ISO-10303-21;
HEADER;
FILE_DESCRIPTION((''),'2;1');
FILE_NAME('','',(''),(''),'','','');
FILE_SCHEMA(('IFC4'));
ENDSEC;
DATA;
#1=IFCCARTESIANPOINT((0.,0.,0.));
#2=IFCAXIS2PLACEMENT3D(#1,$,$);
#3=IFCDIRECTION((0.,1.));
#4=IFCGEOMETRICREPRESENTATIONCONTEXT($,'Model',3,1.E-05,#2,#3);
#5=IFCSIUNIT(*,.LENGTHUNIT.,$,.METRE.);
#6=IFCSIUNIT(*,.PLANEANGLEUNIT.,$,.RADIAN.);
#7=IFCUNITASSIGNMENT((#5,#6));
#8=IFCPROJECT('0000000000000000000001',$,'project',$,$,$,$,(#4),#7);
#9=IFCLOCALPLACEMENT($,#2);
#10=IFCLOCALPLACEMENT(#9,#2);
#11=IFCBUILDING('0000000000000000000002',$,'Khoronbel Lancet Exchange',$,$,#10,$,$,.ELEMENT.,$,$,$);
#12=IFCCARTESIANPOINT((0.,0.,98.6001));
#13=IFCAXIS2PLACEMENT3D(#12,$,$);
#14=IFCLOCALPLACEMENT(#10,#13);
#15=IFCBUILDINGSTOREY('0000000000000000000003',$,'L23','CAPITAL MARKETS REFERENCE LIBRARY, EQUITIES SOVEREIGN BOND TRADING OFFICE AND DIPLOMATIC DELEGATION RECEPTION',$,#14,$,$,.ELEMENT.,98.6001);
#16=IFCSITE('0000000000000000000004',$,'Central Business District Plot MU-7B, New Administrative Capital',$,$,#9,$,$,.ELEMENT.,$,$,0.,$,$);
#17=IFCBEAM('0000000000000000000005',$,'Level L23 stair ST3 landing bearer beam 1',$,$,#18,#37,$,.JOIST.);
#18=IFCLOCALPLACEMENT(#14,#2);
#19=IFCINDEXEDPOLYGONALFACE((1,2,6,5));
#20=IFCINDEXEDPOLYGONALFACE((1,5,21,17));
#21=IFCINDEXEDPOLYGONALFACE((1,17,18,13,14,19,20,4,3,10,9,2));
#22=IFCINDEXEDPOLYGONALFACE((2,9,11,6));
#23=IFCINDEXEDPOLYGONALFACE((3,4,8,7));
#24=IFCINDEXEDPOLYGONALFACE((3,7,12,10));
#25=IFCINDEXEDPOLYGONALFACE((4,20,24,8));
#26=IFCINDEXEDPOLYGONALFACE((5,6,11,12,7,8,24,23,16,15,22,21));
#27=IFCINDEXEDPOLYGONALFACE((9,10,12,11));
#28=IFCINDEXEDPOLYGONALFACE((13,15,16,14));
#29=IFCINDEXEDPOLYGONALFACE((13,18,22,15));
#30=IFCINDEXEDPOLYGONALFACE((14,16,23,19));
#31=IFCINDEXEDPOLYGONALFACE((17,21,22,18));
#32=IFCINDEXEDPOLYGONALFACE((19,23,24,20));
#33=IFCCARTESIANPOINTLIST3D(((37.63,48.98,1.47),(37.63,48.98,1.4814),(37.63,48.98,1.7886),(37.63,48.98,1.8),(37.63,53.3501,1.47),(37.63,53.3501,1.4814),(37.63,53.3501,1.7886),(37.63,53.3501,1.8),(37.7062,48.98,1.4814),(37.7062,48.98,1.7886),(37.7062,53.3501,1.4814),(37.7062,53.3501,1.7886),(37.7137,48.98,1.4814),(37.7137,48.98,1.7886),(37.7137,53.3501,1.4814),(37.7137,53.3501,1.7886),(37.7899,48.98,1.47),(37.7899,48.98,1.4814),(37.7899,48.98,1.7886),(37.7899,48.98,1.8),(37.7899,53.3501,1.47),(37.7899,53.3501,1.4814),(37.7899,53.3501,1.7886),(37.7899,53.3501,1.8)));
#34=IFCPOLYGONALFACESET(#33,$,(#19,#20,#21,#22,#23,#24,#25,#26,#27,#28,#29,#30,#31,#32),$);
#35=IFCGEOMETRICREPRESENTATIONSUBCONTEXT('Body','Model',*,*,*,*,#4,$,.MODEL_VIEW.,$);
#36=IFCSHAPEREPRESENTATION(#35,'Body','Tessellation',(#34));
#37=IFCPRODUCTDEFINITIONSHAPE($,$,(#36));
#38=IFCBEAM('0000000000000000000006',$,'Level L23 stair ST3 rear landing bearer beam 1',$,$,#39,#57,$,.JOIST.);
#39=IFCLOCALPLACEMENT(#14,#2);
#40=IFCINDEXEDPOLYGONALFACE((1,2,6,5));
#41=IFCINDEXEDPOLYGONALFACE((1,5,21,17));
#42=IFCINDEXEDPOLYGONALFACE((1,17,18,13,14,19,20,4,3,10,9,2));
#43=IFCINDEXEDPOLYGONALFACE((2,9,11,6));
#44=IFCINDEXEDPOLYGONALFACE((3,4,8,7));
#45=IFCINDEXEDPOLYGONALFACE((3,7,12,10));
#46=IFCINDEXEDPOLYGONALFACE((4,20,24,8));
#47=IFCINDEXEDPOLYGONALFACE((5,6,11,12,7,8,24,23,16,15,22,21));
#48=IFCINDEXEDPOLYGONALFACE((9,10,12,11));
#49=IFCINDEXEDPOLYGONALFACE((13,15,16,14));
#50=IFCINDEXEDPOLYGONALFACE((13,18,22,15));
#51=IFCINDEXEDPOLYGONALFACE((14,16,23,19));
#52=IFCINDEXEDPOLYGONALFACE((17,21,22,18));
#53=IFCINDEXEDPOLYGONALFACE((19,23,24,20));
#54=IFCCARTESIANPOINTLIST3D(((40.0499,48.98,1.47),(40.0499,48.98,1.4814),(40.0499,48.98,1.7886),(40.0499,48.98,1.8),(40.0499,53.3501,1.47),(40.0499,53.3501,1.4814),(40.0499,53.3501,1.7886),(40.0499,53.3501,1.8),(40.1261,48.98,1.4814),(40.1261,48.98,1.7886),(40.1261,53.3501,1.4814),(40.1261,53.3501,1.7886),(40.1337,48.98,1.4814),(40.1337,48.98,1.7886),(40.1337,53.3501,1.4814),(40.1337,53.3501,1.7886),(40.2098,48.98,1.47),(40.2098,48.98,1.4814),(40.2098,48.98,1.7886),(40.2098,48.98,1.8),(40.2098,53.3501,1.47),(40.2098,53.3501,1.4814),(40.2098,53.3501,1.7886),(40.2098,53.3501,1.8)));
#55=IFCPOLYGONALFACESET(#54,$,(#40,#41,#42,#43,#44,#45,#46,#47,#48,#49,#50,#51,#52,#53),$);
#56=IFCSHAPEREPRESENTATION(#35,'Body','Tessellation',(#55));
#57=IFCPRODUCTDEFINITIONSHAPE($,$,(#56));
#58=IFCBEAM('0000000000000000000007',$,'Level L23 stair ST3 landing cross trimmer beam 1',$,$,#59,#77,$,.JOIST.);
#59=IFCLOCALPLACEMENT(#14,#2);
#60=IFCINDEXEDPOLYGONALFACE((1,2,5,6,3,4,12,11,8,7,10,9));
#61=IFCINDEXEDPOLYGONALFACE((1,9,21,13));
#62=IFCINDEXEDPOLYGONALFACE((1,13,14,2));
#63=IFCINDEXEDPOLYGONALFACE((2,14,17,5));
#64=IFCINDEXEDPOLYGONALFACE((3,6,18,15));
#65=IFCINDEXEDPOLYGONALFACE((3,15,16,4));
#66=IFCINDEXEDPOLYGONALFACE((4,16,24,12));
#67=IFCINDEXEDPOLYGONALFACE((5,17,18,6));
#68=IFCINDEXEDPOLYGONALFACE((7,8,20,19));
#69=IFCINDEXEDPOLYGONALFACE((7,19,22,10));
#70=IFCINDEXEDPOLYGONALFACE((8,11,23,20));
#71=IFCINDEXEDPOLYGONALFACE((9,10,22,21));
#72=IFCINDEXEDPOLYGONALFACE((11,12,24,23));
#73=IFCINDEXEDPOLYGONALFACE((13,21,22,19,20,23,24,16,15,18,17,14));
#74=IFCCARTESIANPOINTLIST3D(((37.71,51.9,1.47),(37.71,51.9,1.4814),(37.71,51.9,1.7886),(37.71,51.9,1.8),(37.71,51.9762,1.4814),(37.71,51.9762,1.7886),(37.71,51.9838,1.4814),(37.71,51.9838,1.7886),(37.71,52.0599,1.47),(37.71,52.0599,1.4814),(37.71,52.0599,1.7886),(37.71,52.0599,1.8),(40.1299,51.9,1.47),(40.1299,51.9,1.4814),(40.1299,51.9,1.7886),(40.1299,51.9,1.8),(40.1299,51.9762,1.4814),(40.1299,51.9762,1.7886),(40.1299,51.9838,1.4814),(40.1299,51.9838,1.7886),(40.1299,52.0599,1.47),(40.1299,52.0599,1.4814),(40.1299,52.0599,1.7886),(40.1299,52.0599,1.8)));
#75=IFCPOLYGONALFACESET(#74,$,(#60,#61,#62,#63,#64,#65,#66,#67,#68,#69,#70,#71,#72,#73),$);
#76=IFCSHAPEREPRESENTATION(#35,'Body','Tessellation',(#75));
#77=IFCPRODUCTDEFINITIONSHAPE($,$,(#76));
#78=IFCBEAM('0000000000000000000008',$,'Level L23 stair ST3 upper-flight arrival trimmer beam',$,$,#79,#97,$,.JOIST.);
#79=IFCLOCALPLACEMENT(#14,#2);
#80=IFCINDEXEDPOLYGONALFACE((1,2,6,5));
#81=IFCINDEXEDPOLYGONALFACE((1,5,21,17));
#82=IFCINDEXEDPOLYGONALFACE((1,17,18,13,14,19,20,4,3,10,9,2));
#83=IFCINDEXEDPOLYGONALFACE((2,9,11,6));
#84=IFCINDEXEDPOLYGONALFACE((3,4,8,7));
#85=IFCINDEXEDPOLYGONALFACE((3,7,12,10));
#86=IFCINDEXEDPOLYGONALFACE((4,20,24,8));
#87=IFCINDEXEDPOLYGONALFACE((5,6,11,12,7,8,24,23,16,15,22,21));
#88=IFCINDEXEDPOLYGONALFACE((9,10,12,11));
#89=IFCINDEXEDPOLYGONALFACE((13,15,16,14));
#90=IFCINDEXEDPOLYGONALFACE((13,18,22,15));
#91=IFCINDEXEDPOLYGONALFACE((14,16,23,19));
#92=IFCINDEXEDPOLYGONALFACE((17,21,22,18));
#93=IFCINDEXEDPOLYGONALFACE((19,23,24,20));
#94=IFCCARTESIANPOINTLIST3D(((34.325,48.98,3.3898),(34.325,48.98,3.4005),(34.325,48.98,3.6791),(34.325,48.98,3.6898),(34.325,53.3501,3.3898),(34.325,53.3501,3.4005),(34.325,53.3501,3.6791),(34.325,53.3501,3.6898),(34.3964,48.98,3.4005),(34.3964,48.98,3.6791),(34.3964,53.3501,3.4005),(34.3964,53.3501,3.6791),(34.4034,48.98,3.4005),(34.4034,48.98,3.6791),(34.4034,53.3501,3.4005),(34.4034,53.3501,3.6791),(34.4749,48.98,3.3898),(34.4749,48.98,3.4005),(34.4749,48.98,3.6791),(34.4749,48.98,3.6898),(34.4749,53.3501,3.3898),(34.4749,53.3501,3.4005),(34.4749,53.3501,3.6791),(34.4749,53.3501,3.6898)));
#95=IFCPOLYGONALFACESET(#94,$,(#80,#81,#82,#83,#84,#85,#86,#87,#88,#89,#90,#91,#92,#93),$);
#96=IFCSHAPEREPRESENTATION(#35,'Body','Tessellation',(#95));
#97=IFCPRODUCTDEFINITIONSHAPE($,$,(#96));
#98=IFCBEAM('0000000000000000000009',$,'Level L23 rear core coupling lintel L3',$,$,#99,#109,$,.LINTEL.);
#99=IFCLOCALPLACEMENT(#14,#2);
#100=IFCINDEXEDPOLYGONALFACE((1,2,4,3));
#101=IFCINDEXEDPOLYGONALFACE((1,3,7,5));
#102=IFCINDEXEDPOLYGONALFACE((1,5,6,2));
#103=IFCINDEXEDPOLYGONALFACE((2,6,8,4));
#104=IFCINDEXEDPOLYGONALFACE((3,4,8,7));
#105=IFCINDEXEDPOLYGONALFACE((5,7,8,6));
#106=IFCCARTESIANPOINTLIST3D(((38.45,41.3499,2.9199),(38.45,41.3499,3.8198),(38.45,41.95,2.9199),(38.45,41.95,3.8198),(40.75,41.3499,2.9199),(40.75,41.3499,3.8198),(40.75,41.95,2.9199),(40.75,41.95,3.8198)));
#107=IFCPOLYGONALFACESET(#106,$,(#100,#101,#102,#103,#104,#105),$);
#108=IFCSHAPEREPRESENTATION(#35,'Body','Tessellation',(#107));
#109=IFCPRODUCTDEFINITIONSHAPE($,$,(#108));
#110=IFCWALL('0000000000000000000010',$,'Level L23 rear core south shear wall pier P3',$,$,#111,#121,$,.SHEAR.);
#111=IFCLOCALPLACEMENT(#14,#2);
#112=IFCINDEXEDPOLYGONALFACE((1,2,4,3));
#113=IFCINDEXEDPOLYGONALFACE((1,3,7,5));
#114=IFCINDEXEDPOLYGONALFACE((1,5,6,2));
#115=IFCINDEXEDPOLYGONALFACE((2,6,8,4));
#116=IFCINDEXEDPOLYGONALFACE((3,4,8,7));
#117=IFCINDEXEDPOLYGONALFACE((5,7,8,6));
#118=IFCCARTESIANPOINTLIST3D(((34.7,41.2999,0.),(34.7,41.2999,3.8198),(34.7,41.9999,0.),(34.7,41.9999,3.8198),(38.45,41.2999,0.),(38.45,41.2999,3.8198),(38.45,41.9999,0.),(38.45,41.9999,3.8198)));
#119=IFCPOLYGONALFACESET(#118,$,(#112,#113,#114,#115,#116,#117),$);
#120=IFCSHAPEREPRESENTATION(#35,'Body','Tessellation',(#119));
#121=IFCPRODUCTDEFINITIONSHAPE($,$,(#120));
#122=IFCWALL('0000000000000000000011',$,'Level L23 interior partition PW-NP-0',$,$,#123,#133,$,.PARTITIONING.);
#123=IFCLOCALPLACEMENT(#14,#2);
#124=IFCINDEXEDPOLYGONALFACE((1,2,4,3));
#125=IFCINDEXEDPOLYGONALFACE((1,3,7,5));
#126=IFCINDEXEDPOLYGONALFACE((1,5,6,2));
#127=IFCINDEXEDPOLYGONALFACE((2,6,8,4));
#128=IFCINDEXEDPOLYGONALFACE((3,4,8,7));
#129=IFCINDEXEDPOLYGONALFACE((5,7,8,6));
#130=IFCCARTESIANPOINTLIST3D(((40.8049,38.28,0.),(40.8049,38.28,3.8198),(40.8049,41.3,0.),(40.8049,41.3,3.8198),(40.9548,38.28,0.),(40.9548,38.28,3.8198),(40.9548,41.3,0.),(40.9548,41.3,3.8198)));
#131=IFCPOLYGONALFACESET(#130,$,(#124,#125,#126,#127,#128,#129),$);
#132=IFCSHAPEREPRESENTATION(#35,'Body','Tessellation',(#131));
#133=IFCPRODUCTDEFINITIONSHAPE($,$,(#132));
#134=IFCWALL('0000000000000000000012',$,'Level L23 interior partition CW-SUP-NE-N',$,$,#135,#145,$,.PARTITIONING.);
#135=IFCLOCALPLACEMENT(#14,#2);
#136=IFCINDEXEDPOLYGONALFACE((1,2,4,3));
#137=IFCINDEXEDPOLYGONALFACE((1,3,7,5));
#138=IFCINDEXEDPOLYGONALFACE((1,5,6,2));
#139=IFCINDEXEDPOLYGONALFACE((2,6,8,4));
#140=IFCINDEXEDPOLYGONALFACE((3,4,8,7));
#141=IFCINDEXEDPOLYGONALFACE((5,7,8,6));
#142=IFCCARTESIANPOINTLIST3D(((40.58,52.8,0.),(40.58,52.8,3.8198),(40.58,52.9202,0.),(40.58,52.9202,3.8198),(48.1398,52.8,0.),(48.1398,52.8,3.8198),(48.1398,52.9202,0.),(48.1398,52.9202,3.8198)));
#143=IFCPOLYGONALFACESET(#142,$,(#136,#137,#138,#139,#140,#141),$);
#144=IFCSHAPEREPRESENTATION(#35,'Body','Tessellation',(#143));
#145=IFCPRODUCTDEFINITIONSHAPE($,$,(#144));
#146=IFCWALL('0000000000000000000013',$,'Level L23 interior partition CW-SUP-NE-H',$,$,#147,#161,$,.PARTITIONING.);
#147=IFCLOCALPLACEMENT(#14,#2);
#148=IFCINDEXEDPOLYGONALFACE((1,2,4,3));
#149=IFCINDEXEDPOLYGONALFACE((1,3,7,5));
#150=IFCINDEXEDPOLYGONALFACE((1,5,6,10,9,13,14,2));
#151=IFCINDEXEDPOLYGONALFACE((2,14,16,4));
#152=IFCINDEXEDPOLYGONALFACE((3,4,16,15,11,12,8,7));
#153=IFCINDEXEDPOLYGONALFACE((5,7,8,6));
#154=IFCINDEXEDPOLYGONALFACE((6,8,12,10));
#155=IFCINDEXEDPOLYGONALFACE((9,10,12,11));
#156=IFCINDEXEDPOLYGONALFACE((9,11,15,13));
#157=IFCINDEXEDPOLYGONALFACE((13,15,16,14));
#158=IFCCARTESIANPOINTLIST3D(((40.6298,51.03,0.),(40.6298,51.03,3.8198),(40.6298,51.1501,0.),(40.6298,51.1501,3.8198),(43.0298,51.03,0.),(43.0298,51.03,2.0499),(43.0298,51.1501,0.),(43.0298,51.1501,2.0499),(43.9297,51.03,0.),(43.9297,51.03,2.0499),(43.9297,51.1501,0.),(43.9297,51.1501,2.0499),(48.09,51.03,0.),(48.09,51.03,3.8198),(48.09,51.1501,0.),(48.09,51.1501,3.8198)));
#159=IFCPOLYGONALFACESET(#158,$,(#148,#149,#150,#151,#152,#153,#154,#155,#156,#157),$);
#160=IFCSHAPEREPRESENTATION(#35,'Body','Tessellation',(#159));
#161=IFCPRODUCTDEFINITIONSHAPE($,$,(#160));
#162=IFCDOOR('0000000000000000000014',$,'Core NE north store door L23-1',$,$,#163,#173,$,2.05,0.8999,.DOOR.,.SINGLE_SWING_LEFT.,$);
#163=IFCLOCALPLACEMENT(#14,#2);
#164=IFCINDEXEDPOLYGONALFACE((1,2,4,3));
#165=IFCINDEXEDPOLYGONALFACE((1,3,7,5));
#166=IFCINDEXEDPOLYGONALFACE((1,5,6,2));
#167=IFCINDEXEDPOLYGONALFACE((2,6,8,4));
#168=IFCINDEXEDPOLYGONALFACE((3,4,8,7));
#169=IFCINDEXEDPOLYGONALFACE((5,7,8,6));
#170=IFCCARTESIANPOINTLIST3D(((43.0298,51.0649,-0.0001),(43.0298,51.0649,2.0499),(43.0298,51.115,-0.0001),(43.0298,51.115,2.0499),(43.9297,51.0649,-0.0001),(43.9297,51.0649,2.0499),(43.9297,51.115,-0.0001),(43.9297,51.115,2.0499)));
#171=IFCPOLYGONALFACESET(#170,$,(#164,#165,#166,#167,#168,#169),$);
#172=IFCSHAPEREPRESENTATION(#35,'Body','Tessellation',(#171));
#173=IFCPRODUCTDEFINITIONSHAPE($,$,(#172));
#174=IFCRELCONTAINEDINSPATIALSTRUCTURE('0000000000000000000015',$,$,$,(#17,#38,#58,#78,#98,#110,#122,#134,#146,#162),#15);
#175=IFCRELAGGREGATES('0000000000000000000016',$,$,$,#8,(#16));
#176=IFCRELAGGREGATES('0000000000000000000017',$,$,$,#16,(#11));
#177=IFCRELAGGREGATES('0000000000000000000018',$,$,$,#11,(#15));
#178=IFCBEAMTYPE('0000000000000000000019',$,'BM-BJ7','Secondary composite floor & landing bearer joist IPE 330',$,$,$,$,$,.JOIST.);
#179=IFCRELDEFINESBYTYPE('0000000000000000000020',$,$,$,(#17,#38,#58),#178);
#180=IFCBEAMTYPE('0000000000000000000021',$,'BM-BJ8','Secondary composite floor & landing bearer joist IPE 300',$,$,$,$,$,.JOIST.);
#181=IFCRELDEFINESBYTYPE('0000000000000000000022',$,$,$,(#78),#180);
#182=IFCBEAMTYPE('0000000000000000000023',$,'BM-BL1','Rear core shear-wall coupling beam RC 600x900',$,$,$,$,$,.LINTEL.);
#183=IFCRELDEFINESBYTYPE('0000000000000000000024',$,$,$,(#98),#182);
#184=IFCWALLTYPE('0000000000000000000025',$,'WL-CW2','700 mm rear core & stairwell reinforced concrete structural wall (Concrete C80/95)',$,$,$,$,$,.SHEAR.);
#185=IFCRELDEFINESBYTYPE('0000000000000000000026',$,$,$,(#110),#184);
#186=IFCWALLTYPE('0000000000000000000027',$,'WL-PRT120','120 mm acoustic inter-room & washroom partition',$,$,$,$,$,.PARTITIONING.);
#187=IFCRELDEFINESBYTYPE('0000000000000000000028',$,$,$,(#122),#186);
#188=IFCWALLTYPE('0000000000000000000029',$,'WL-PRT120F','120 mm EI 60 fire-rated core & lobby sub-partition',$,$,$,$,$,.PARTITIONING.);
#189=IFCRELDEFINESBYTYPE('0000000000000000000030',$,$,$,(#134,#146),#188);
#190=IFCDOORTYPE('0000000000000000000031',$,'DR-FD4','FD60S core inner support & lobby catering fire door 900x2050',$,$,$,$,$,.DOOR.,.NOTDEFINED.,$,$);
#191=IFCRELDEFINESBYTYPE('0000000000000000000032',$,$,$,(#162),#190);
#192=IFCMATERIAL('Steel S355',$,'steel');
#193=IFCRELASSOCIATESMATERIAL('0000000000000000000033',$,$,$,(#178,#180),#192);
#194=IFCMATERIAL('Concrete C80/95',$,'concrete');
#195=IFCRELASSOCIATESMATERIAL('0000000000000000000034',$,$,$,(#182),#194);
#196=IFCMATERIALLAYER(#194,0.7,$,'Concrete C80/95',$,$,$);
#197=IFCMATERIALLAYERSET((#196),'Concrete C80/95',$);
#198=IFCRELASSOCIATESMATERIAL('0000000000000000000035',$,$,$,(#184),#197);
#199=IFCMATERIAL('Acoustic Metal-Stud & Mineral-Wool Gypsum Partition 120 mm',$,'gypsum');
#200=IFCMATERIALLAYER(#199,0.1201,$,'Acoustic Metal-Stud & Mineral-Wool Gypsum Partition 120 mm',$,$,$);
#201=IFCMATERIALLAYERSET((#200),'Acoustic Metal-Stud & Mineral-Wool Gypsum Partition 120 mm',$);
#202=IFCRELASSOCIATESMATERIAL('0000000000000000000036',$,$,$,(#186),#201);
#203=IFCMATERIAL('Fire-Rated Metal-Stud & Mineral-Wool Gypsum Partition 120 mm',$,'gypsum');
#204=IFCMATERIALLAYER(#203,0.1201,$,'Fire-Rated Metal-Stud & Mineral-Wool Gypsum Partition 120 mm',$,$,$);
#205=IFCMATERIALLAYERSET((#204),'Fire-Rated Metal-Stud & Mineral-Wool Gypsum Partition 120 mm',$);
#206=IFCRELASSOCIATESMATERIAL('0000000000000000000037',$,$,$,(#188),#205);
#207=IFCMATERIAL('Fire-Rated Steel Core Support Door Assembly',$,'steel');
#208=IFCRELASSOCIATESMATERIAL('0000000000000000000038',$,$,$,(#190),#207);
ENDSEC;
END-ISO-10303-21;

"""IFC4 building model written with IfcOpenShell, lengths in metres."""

from ifc_helpers import new_model, si_unit, direction, frame, frame_2d, origin, origin_2d, place, context, subcontext, project, spatial, rectangle, i_section, extrude, material, layer, layer_set, material_profile, profile_set, type_object, element, fill, save


model = new_model("IFC4")

# Units and contexts
model_context = context("Model", 3, precision=1e-05, world=origin(), true_north=direction((0.0, 1.0)))
body_context = subcontext(model_context, "Body", "Model", "MODEL_VIEW")
ifc_project = project(units=[si_unit("LENGTHUNIT", "METRE"), si_unit("PLANEANGLEUNIT", "RADIAN")], contexts=[model_context])

# Site, building, storey
site_placement = place(None, origin())
site = spatial("IfcSite", under=ifc_project, at=site_placement, Name="Central Business District Plot MU-7B, New Administrative Capital", CompositionType="ELEMENT", RefElevation=0.0)
building_placement = place(site_placement, origin())
building = spatial("IfcBuilding", under=site, at=building_placement, Name="Khoronbel Lancet Exchange", CompositionType="ELEMENT")
storey_placement = place(building_placement, frame((0.0, 0.0, 98.6001)))
storey = spatial("IfcBuildingStorey", under=building, at=storey_placement, Name="L23", Description="CAPITAL MARKETS REFERENCE LIBRARY, EQUITIES SOVEREIGN BOND TRADING OFFICE AND DIPLOMATIC DELEGATION RECEPTION", CompositionType="ELEMENT", Elevation=98.6001)

# Beams
ifc_material_1 = material(Name="Steel S355", Category="steel")
ifc_material_profile_1 = material_profile(ifc_material_1, i_section(OverallWidth=0.1599, OverallDepth=0.3301, WebThickness=0.0076, FlangeThickness=0.0115, at=origin_2d()), Name="IPE 330")
ifc_profile_set_1 = profile_set([ifc_material_profile_1], Name="Steel S355")
beam_type_1 = type_object("IfcBeamType", Name="BM-BJ7", Description="Secondary composite floor & landing bearer joist IPE 330", PredefinedType="JOIST", material=ifc_profile_set_1)
for number, where, z_axis, x_axis, name in (
    (1, (37.71, 48.98, 1.635), (0.0, 1.0, 0.0), (-1.0, 0.0, 0.0), "Level L23 stair ST3 landing bearer beam 1"),
    (2, (40.1299, 48.98, 1.635), (0.0, 1.0, 0.0), (-1.0, 0.0, 0.0), "Level L23 stair ST3 rear landing bearer beam 1"),
):
    element("IfcBeam", number, at=place(storey_placement, frame(where, z_axis=z_axis, x_axis=x_axis)), inside=storey, type_object=beam_type_1, Name=name, PredefinedType="JOIST", context=body_context, shape_type="SweptSolid", body=[
        extrude(i_section(OverallWidth=0.1599, OverallDepth=0.3301, WebThickness=0.0076, FlangeThickness=0.0115, at=origin_2d()), origin(), (0.0, 0.0, 1.0), 4.3701),
    ])
beam_1_placement = place(storey_placement, frame((37.71, 51.98, 1.635), z_axis=(1.0, 0.0, 0.0), x_axis=(0.0, 1.0, 0.0)))
element("IfcBeam", 3, at=beam_1_placement, inside=storey, type_object=beam_type_1, Name="Level L23 stair ST3 landing cross trimmer beam 1", PredefinedType="JOIST", context=body_context, shape_type="SweptSolid", body=[
    extrude(i_section(OverallWidth=0.1599, OverallDepth=0.3301, WebThickness=0.0076, FlangeThickness=0.0115, at=origin_2d()), origin(), (0.0, 0.0, 1.0), 2.4199),
])
ifc_material_profile_2 = material_profile(ifc_material_1, i_section(OverallWidth=0.1499, OverallDepth=0.3, WebThickness=0.0071, FlangeThickness=0.0107, at=origin_2d()), Name="IPE 300")
ifc_profile_set_2 = profile_set([ifc_material_profile_2], Name="Steel S355")
beam_type_2 = type_object("IfcBeamType", Name="BM-BJ8", Description="Secondary composite floor & landing bearer joist IPE 300", PredefinedType="JOIST", material=ifc_profile_set_2)
beam_2_placement = place(storey_placement, frame((34.3999, 48.98, 3.5398), z_axis=(0.0, 1.0, 0.0), x_axis=(-1.0, 0.0, 0.0)))
element("IfcBeam", 4, at=beam_2_placement, inside=storey, type_object=beam_type_2, Name="Level L23 stair ST3 upper-flight arrival trimmer beam", PredefinedType="JOIST", context=body_context, shape_type="SweptSolid", body=[
    extrude(i_section(OverallWidth=0.1499, OverallDepth=0.3, WebThickness=0.0071, FlangeThickness=0.0107, at=origin_2d()), origin(), (0.0, 0.0, 1.0), 4.3701),
])
ifc_material_2 = material(Name="Concrete C80/95", Category="concrete")
ifc_material_profile_3 = material_profile(ifc_material_2, rectangle(XDim=0.6001, YDim=0.8999, at=origin_2d()), Name="RC 600x900")
ifc_profile_set_3 = profile_set([ifc_material_profile_3], Name="Concrete C80/95")
beam_type_3 = type_object("IfcBeamType", Name="BM-BL1", Description="Rear core shear-wall coupling beam RC 600x900", PredefinedType="LINTEL", material=ifc_profile_set_3)
beam_3_placement = place(storey_placement, frame((38.45, 41.6499, 3.3699), z_axis=(1.0, 0.0, 0.0), x_axis=(0.0, 1.0, 0.0)))
element("IfcBeam", 5, at=beam_3_placement, inside=storey, type_object=beam_type_3, Name="Level L23 rear core coupling lintel L3", PredefinedType="LINTEL", context=body_context, shape_type="SweptSolid", body=[
    extrude(rectangle(XDim=0.6001, YDim=0.8999, at=origin_2d()), origin(), (0.0, 0.0, 1.0), 2.3),
])

# Walls
ifc_layer_1 = layer(ifc_material_2, 0.7, Name="Concrete C80/95")
ifc_layer_set_1 = layer_set([ifc_layer_1], Name="Concrete C80/95")
wall_type_1 = type_object("IfcWallType", Name="WL-CW2", Description="700 mm rear core & stairwell reinforced concrete structural wall (Concrete C80/95)", PredefinedType="SHEAR", material=ifc_layer_set_1)
wall_1_placement = place(storey_placement, frame((38.45, 41.6499, 0.0), z_axis=(0.0, 0.0, 1.0), x_axis=(-1.0, 0.0, 0.0)))
element("IfcWall", 6, at=wall_1_placement, inside=storey, type_object=wall_type_1, Name="Level L23 rear core south shear wall pier P3", PredefinedType="SHEAR", context=body_context, shape_type="SweptSolid", body=[
    extrude(rectangle(XDim=3.75, YDim=0.7, at=frame_2d((1.875, 0.0))), origin(), (0.0, 0.0, 1.0), 3.8198),
])
ifc_material_3 = material(Name="Acoustic Metal-Stud & Mineral-Wool Gypsum Partition 120 mm", Category="gypsum")
ifc_layer_2 = layer(ifc_material_3, 0.1201, Name="Acoustic Metal-Stud & Mineral-Wool Gypsum Partition 120 mm")
ifc_layer_set_2 = layer_set([ifc_layer_2], Name="Acoustic Metal-Stud & Mineral-Wool Gypsum Partition 120 mm")
wall_type_2 = type_object("IfcWallType", Name="WL-PRT120", Description="120 mm acoustic inter-room & washroom partition", PredefinedType="PARTITIONING", material=ifc_layer_set_2)
wall_2_placement = place(storey_placement, frame((40.8799, 38.28, 0.0), z_axis=(0.0, 0.0, 1.0), x_axis=(0.0, 1.0, 0.0)))
element("IfcWall", 7, at=wall_2_placement, inside=storey, type_object=wall_type_2, Name="Level L23 interior partition PW-NP-0", PredefinedType="PARTITIONING", context=body_context, shape_type="SweptSolid", body=[
    extrude(rectangle(XDim=3.02, YDim=0.1499, at=frame_2d((1.51, 0.0))), origin(), (0.0, 0.0, 1.0), 3.8198),
])
ifc_material_4 = material(Name="Fire-Rated Metal-Stud & Mineral-Wool Gypsum Partition 120 mm", Category="gypsum")
ifc_layer_3 = layer(ifc_material_4, 0.1201, Name="Fire-Rated Metal-Stud & Mineral-Wool Gypsum Partition 120 mm")
ifc_layer_set_3 = layer_set([ifc_layer_3], Name="Fire-Rated Metal-Stud & Mineral-Wool Gypsum Partition 120 mm")
wall_type_3 = type_object("IfcWallType", Name="WL-PRT120F", Description="120 mm EI 60 fire-rated core & lobby sub-partition", PredefinedType="PARTITIONING", material=ifc_layer_set_3)
wall_3_placement = place(storey_placement, frame((40.5801, 52.8601, 0.0), z_axis=(0.0, 0.0, 1.0), x_axis=(1.0, 0.0, 0.0)))
element("IfcWall", 8, at=wall_3_placement, inside=storey, type_object=wall_type_3, Name="Level L23 interior partition CW-SUP-NE-N", PredefinedType="PARTITIONING", context=body_context, shape_type="SweptSolid", body=[
    extrude(rectangle(XDim=7.5598, YDim=0.1201, at=frame_2d((3.7798, 0.0))), origin(), (0.0, 0.0, 1.0), 3.8198),
])

# Wall, opening, door
wall_4_placement = place(storey_placement, frame((40.6299, 51.0901, 0.0), z_axis=(0.0, 0.0, 1.0), x_axis=(1.0, 0.0, 0.0)))
wall_4 = element("IfcWall", 9, at=wall_4_placement, inside=storey, type_object=wall_type_3, Name="Level L23 interior partition CW-SUP-NE-H", PredefinedType="PARTITIONING", context=body_context, shape_type="SweptSolid", body=[
    extrude(rectangle(XDim=7.4602, YDim=0.1201, at=frame_2d((3.73, 0.0))), origin(), (0.0, 0.0, 1.0), 3.8198),
])
opening_1_placement = place(wall_4_placement, frame((2.3999, 0.0, 0.0)))
opening_1 = element("IfcOpeningElement", 10, at=opening_1_placement, cuts=wall_4, PredefinedType="OPENING", context=body_context, shape_type="SweptSolid", body=[
    extrude(rectangle(XDim=0.8999, YDim=2.05, at=frame_2d((0.45, 1.0249))), frame((0.0, 0.0701, 0.0), z_axis=(0.0, -1.0, 0.0), x_axis=(1.0, 0.0, 0.0)), (0.0, 0.0, 1.0), 0.1401),
])
ifc_material_5 = material(Name="Fire-Rated Steel Core Support Door Assembly", Category="steel")
door_type_1 = type_object("IfcDoorType", Name="DR-FD4", Description="FD60S core inner support & lobby catering fire door 900x2050", OperationType="NOTDEFINED", PredefinedType="DOOR", material=ifc_material_5)
door_1_placement = place(opening_1_placement, origin())
door_1 = element("IfcDoor", 11, at=door_1_placement, inside=storey, type_object=door_type_1, Name="Core NE north store door L23-1", OperationType="SINGLE_SWING_LEFT", OverallHeight=2.05, OverallWidth=0.8999, PredefinedType="DOOR", context=body_context, shape_type="SweptSolid", body=[
    extrude(rectangle(XDim=0.8999, YDim=2.05, at=frame_2d((0.45, 1.0249))), frame((0.0, 0.0249, 0.0), z_axis=(0.0, -1.0, 0.0), x_axis=(1.0, 0.0, 0.0)), (0.0, 0.0, 1.0), 0.05),
])
fill(opening_1, door_1)

save(model, "model.ifc")
